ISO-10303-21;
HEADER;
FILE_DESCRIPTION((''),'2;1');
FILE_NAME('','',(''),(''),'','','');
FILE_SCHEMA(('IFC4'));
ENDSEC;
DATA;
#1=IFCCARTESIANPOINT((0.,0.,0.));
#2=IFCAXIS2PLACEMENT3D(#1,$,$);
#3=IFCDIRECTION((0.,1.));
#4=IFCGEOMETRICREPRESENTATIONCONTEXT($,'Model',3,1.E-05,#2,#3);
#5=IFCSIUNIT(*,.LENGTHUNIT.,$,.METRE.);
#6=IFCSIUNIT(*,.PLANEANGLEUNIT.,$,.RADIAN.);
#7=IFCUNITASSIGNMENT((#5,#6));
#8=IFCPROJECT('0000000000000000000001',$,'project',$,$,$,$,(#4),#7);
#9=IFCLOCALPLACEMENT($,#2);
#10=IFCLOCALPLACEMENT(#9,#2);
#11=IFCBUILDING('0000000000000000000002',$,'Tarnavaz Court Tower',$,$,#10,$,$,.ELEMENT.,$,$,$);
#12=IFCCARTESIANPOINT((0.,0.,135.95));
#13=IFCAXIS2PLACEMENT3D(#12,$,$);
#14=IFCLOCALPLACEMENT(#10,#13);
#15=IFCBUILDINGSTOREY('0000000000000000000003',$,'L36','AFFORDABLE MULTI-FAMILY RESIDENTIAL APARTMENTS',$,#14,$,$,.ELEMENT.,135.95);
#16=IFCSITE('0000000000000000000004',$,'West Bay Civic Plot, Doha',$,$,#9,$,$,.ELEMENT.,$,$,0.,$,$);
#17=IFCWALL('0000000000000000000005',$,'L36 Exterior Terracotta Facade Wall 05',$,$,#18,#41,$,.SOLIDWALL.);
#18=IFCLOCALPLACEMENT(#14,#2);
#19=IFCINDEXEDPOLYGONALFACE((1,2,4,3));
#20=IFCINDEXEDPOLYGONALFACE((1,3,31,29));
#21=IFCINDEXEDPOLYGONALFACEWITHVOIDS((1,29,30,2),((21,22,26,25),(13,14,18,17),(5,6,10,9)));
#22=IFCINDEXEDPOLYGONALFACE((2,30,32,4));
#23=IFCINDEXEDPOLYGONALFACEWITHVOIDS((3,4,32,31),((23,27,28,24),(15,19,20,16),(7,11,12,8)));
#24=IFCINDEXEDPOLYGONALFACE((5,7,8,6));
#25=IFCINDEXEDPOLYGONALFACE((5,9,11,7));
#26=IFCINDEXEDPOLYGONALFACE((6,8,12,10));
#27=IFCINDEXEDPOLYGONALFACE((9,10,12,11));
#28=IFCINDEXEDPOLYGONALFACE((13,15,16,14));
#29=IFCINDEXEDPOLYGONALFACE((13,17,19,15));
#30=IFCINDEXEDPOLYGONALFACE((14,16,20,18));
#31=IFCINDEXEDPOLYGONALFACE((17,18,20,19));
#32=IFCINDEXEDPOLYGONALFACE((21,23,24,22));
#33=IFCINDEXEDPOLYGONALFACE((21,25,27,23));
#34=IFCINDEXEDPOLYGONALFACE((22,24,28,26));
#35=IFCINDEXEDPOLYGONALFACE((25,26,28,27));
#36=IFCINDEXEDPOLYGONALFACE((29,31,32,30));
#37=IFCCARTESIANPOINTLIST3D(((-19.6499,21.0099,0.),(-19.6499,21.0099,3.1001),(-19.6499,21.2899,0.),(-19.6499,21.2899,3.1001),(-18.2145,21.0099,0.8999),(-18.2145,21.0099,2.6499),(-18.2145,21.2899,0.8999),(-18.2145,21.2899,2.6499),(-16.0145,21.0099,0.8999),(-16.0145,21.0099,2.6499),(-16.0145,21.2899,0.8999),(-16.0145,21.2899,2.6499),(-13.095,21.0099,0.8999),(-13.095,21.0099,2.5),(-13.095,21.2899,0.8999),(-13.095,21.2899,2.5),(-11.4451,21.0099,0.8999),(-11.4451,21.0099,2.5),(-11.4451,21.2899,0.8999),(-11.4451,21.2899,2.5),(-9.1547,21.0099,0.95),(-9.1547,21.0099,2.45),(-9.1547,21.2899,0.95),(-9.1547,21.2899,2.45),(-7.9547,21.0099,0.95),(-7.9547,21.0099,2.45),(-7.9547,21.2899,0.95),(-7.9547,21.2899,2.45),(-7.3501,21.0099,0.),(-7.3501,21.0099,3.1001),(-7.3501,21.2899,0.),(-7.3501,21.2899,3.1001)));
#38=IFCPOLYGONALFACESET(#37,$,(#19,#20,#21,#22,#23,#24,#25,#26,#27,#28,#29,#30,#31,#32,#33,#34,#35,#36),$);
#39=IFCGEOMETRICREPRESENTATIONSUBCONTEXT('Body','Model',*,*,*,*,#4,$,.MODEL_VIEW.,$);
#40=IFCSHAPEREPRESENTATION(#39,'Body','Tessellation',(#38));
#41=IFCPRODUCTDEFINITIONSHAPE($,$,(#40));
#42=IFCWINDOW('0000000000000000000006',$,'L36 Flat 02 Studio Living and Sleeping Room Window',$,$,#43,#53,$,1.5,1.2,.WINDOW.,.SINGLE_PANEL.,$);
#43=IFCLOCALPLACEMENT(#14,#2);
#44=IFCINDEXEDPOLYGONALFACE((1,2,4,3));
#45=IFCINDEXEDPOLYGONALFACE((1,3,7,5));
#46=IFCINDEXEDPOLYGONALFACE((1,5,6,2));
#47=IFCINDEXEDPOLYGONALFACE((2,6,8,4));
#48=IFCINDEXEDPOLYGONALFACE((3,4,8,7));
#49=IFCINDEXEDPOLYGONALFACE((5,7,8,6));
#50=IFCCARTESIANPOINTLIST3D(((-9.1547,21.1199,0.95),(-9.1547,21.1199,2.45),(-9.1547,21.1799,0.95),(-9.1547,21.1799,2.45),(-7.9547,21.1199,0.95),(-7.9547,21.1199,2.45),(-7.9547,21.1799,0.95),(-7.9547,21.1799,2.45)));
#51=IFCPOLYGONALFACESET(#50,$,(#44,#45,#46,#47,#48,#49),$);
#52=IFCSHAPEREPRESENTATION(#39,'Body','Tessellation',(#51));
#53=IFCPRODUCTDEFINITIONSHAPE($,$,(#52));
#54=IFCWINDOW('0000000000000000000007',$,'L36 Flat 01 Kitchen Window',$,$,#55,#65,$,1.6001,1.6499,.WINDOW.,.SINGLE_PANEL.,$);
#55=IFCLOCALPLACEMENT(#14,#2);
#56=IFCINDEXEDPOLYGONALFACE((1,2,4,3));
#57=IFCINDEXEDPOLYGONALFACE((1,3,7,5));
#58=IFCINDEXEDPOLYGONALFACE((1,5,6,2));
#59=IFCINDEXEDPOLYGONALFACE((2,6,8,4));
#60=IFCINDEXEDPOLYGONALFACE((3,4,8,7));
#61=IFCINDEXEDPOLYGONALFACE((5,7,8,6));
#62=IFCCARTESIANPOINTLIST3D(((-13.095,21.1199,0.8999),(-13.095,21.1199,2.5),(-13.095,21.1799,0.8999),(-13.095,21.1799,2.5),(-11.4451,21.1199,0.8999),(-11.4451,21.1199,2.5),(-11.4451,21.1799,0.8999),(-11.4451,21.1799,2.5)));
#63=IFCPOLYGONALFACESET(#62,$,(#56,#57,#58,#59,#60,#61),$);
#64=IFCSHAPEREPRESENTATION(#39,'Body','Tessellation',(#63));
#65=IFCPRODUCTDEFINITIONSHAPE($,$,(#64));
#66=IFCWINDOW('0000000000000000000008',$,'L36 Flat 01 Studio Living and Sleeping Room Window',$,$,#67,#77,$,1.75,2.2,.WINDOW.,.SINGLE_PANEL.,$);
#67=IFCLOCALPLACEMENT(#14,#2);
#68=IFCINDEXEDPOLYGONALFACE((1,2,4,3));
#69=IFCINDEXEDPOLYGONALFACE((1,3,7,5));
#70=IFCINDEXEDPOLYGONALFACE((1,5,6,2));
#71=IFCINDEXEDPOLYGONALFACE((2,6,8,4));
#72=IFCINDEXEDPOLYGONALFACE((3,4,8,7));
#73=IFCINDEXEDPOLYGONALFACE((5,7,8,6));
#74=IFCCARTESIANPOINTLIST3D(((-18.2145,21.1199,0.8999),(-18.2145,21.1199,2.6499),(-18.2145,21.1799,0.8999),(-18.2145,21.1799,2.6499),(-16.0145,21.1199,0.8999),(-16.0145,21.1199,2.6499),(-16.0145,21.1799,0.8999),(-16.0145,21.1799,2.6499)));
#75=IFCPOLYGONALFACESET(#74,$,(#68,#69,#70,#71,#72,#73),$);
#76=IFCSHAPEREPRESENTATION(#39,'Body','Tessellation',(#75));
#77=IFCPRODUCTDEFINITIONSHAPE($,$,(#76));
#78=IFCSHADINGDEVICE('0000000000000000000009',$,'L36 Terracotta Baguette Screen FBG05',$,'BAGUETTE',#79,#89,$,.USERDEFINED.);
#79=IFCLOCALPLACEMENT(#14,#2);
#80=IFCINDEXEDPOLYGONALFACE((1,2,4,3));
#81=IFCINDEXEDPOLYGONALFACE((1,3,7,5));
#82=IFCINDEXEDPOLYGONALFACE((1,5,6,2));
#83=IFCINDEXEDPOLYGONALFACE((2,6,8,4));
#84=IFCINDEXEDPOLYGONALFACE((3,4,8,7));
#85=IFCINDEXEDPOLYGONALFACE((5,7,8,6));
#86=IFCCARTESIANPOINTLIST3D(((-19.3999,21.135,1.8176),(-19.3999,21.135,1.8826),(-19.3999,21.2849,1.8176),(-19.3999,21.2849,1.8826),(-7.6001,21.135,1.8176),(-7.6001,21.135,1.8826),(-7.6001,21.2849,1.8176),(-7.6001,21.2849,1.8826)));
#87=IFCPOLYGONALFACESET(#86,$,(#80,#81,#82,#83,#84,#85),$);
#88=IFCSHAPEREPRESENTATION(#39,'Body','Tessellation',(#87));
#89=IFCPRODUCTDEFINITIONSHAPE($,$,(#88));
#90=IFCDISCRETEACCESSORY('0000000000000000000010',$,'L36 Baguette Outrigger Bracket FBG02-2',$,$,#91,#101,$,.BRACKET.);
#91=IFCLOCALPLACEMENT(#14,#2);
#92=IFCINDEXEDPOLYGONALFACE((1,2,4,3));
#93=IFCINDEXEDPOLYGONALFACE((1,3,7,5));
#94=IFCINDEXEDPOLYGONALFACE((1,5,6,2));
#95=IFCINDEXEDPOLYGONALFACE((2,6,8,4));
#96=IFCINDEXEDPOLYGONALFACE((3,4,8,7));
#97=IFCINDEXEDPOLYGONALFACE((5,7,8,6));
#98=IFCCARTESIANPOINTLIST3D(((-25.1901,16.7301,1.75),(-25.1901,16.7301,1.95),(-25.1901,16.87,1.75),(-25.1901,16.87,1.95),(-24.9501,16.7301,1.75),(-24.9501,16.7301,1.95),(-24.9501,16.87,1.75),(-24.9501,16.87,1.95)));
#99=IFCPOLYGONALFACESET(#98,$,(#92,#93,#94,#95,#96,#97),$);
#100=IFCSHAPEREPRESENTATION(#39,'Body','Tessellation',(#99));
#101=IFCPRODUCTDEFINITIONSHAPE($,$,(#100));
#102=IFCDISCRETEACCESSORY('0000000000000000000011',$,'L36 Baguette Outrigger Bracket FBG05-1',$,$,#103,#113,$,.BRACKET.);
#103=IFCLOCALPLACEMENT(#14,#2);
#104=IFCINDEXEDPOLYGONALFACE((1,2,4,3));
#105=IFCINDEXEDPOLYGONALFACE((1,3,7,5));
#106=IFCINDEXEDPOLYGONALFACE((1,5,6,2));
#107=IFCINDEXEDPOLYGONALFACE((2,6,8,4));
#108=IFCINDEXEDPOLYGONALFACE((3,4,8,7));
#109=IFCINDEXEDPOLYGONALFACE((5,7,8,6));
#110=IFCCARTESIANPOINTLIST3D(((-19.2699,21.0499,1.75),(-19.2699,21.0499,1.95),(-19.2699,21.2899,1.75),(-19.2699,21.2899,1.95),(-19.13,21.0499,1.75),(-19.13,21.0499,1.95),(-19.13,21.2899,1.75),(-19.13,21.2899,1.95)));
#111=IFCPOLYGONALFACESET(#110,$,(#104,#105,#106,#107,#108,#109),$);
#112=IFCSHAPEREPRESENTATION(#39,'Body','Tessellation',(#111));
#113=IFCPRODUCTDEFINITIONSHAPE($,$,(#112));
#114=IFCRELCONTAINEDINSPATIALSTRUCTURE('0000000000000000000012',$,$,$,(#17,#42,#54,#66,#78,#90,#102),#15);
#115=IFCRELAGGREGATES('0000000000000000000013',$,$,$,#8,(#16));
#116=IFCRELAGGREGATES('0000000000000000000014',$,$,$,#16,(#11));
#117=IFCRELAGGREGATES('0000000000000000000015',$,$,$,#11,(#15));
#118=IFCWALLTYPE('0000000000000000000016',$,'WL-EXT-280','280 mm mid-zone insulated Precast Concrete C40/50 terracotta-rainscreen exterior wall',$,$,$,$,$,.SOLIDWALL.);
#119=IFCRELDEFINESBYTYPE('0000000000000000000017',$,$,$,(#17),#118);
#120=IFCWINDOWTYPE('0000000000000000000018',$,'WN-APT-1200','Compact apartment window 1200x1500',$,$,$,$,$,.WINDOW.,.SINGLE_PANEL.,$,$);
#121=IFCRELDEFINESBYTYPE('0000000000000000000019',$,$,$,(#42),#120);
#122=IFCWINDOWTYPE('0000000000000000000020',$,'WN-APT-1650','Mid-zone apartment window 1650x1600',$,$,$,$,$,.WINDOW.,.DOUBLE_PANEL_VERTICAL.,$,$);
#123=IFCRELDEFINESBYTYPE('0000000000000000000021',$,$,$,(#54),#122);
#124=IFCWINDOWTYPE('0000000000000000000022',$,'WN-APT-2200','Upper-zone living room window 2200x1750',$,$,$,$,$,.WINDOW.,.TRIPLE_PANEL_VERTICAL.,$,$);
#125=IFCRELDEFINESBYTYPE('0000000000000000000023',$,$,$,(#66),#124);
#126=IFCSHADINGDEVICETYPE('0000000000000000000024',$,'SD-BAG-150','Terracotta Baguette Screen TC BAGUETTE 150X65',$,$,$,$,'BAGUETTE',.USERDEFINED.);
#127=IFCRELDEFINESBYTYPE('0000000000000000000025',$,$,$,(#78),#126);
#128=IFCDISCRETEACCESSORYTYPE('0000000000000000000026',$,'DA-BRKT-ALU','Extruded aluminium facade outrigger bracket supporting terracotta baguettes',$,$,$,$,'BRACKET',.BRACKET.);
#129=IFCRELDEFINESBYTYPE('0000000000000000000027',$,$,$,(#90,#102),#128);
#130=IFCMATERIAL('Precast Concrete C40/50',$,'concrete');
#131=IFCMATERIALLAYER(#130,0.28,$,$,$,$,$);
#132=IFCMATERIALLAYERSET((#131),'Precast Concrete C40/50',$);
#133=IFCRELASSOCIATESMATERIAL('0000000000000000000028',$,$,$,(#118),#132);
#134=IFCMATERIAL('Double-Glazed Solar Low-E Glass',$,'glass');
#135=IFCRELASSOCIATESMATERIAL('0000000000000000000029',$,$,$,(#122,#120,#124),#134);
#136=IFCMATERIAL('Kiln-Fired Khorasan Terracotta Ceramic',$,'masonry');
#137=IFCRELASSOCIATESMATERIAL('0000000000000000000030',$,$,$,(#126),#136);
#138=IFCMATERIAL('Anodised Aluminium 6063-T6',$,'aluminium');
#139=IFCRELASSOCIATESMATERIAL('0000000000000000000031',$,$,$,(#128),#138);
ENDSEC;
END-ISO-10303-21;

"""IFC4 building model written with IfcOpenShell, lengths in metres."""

from ifc_helpers import new_model, si_unit, direction, frame, frame_2d, origin, origin_2d, place, context, subcontext, project, spatial, rectangle, extrude, material, layer, layer_set, material_profile, profile_set, type_object, element, fill, save


model = new_model("IFC4")

# Units and contexts
model_context = context("Model", 3, precision=1e-05, world=origin(), true_north=direction((0.0, 1.0)))
body_context = subcontext(model_context, "Body", "Model", "MODEL_VIEW")
ifc_project = project(units=[si_unit("LENGTHUNIT", "METRE"), si_unit("PLANEANGLEUNIT", "RADIAN")], contexts=[model_context])

# Site, building, storey
site_placement = place(None, origin())
site = spatial("IfcSite", under=ifc_project, at=site_placement, Name="West Bay Civic Plot, Doha", CompositionType="ELEMENT", RefElevation=0.0)
building_placement = place(site_placement, origin())
building = spatial("IfcBuilding", under=site, at=building_placement, Name="Tarnavaz Court Tower", CompositionType="ELEMENT")
storey_placement = place(building_placement, frame((0.0, 0.0, 135.95)))
storey = spatial("IfcBuildingStorey", under=building, at=storey_placement, Name="L36", Description="AFFORDABLE MULTI-FAMILY RESIDENTIAL APARTMENTS", CompositionType="ELEMENT", Elevation=135.95)

# Shared definitions
ifc_material_1 = material(Name="Precast Concrete C40/50", Category="concrete")
ifc_layer = layer(ifc_material_1, 0.28)
ifc_layer_set = layer_set([ifc_layer], Name="Precast Concrete C40/50")
wall_type = type_object("IfcWallType", Name="WL-EXT-280", Description="280 mm mid-zone insulated Precast Concrete C40/50 terracotta-rainscreen exterior wall", PredefinedType="SOLIDWALL", material=ifc_layer_set)
ifc_material_2 = material(Name="Double-Glazed Solar Low-E Glass", Category="glass")
window_type_1 = type_object("IfcWindowType", Name="WN-APT-1650", Description="Mid-zone apartment window 1650x1600", PartitioningType="DOUBLE_PANEL_VERTICAL", PredefinedType="WINDOW", material=ifc_material_2)

# Wall, openings, windows
wall_1_placement = place(storey_placement, frame((-19.6499, 21.1499, 0.0), z_axis=(0.0, 0.0, 1.0), x_axis=(1.0, 0.0, 0.0)))
wall_1 = element("IfcWall", 1, at=wall_1_placement, inside=storey, type_object=wall_type, Name="L36 Exterior Terracotta Facade Wall 05", PredefinedType="SOLIDWALL", context=body_context, shape_type="SweptSolid", body=[
    extrude(rectangle(XDim=12.2998, YDim=0.28, at=frame_2d((6.1499, 0.0))), origin(), (0.0, 0.0, 1.0), 3.1001),
])
opening_1_placement = place(wall_1_placement, frame((1.4353, 0.0, 0.8999)))
opening_1 = element("IfcOpeningElement", 2, at=opening_1_placement, cuts=wall_1, PredefinedType="OPENING", context=body_context, shape_type="SweptSolid", body=[
    extrude(rectangle(XDim=2.2, YDim=1.75, at=frame_2d((1.1001, 0.875))), frame((0.0, 0.1499, 0.0), z_axis=(0.0, -1.0, 0.0), x_axis=(1.0, 0.0, 0.0)), (0.0, 0.0, 1.0), 0.3),
])
opening_2_placement = place(wall_1_placement, frame((6.5549, 0.0, 0.8999)))
opening_2 = element("IfcOpeningElement", 3, at=opening_2_placement, cuts=wall_1, PredefinedType="OPENING", context=body_context, shape_type="SweptSolid", body=[
    extrude(rectangle(XDim=1.6499, YDim=1.6001, at=frame_2d((0.825, 0.8))), frame((0.0, 0.1499, 0.0), z_axis=(0.0, -1.0, 0.0), x_axis=(1.0, 0.0, 0.0)), (0.0, 0.0, 1.0), 0.3),
])
opening_3_placement = place(wall_1_placement, frame((10.4951, 0.0, 0.95)))
opening_3 = element("IfcOpeningElement", 4, at=opening_3_placement, cuts=wall_1, PredefinedType="OPENING", context=body_context, shape_type="SweptSolid", body=[
    extrude(rectangle(XDim=1.2, YDim=1.5, at=frame_2d((0.6001, 0.75))), frame((0.0, 0.1499, 0.0), z_axis=(0.0, -1.0, 0.0), x_axis=(1.0, 0.0, 0.0)), (0.0, 0.0, 1.0), 0.3),
])
window_type_2 = type_object("IfcWindowType", Name="WN-APT-1200", Description="Compact apartment window 1200x1500", PartitioningType="SINGLE_PANEL", PredefinedType="WINDOW", material=ifc_material_2)
window_1_placement = place(opening_3_placement, origin())
window_1 = element("IfcWindow", 5, at=window_1_placement, inside=storey, type_object=window_type_2, Name="L36 Flat 02 Studio Living and Sleeping Room Window", OverallHeight=1.5, OverallWidth=1.2, PartitioningType="SINGLE_PANEL", PredefinedType="WINDOW", context=body_context, shape_type="SweptSolid", body=[
    extrude(rectangle(XDim=1.2, YDim=1.5, at=frame_2d((0.6001, 0.75))), frame((0.0, 0.03, 0.0), z_axis=(0.0, -1.0, 0.0), x_axis=(1.0, 0.0, 0.0)), (0.0, 0.0, 1.0), 0.0601),
])
fill(opening_3, window_1)
window_2_placement = place(opening_2_placement, origin())
window_2 = element("IfcWindow", 6, at=window_2_placement, inside=storey, type_object=window_type_1, Name="L36 Flat 01 Kitchen Window", OverallHeight=1.6001, OverallWidth=1.6499, PartitioningType="SINGLE_PANEL", PredefinedType="WINDOW", context=body_context, shape_type="SweptSolid", body=[
    extrude(rectangle(XDim=1.6499, YDim=1.6001, at=frame_2d((0.825, 0.8))), frame((0.0, 0.03, 0.0), z_axis=(0.0, -1.0, 0.0), x_axis=(1.0, 0.0, 0.0)), (0.0, 0.0, 1.0), 0.0601),
])
fill(opening_2, window_2)
window_type_3 = type_object("IfcWindowType", Name="WN-APT-2200", Description="Upper-zone living room window 2200x1750", PartitioningType="TRIPLE_PANEL_VERTICAL", PredefinedType="WINDOW", material=ifc_material_2)
window_3_placement = place(opening_1_placement, origin())
window_3 = element("IfcWindow", 7, at=window_3_placement, inside=storey, type_object=window_type_3, Name="L36 Flat 01 Studio Living and Sleeping Room Window", OverallHeight=1.75, OverallWidth=2.2, PartitioningType="SINGLE_PANEL", PredefinedType="WINDOW", context=body_context, shape_type="SweptSolid", body=[
    extrude(rectangle(XDim=2.2, YDim=1.75, at=frame_2d((1.1001, 0.875))), frame((0.0, 0.03, 0.0), z_axis=(0.0, -1.0, 0.0), x_axis=(1.0, 0.0, 0.0)), (0.0, 0.0, 1.0), 0.0601),
])
fill(opening_1, window_3)

# Shading device
ifc_material_3 = material(Name="Kiln-Fired Khorasan Terracotta Ceramic", Category="masonry")
ifc_material_profile_1 = material_profile(ifc_material_3, rectangle(XDim=0.1499, YDim=0.0649, at=origin_2d()), Name="TC BAGUETTE 150X65")
ifc_profile_set_1 = profile_set([ifc_material_profile_1], Name="Kiln-Fired Khorasan Terracotta Ceramic")
shading_device_type = type_object("IfcShadingDeviceType", Name="SD-BAG-150", Description="Terracotta Baguette Screen TC BAGUETTE 150X65", ElementType="BAGUETTE", PredefinedType="USERDEFINED", material=ifc_profile_set_1)
shading_device_placement = place(storey_placement, frame((-19.3999, 21.21, 1.8501), z_axis=(1.0, 0.0, 0.0), x_axis=(0.0, 1.0, 0.0)))
element("IfcShadingDevice", 8, at=shading_device_placement, inside=storey, type_object=shading_device_type, Name="L36 Terracotta Baguette Screen FBG05", ObjectType="BAGUETTE", PredefinedType="USERDEFINED", context=body_context, shape_type="SweptSolid", body=[
    extrude(rectangle(XDim=0.1499, YDim=0.0649, at=origin_2d()), origin(), (0.0, 0.0, 1.0), 11.7998),
])

# Discrete accessories
ifc_material_4 = material(Name="Anodised Aluminium 6063-T6", Category="aluminium")
discrete_accessory_type = type_object("IfcDiscreteAccessoryType", Name="DA-BRKT-ALU", Description="Extruded aluminium facade outrigger bracket supporting terracotta baguettes", ElementType="BRACKET", PredefinedType="BRACKET", material=ifc_material_4)
for number, where, z_axis, x_axis, name in (
    (9, (-25.0701, 16.8, 1.75), (0.0, 0.0, 1.0), (0.0, 1.0, 0.0), "L36 Baguette Outrigger Bracket FBG02-2"),
    (10, (-19.2, 21.1699, 1.75), (0.0, 0.0, 1.0), (1.0, 0.0, 0.0), "L36 Baguette Outrigger Bracket FBG05-1"),
):
    element("IfcDiscreteAccessory", number, at=place(storey_placement, frame(where, z_axis=z_axis, x_axis=x_axis)), inside=storey, type_object=discrete_accessory_type, Name=name, PredefinedType="BRACKET", context=body_context, shape_type="SweptSolid", body=[
        extrude(rectangle(XDim=0.1399, YDim=0.24, at=origin_2d()), origin(), (0.0, 0.0, 1.0), 0.2),
    ])

save(model, "model.ifc")
